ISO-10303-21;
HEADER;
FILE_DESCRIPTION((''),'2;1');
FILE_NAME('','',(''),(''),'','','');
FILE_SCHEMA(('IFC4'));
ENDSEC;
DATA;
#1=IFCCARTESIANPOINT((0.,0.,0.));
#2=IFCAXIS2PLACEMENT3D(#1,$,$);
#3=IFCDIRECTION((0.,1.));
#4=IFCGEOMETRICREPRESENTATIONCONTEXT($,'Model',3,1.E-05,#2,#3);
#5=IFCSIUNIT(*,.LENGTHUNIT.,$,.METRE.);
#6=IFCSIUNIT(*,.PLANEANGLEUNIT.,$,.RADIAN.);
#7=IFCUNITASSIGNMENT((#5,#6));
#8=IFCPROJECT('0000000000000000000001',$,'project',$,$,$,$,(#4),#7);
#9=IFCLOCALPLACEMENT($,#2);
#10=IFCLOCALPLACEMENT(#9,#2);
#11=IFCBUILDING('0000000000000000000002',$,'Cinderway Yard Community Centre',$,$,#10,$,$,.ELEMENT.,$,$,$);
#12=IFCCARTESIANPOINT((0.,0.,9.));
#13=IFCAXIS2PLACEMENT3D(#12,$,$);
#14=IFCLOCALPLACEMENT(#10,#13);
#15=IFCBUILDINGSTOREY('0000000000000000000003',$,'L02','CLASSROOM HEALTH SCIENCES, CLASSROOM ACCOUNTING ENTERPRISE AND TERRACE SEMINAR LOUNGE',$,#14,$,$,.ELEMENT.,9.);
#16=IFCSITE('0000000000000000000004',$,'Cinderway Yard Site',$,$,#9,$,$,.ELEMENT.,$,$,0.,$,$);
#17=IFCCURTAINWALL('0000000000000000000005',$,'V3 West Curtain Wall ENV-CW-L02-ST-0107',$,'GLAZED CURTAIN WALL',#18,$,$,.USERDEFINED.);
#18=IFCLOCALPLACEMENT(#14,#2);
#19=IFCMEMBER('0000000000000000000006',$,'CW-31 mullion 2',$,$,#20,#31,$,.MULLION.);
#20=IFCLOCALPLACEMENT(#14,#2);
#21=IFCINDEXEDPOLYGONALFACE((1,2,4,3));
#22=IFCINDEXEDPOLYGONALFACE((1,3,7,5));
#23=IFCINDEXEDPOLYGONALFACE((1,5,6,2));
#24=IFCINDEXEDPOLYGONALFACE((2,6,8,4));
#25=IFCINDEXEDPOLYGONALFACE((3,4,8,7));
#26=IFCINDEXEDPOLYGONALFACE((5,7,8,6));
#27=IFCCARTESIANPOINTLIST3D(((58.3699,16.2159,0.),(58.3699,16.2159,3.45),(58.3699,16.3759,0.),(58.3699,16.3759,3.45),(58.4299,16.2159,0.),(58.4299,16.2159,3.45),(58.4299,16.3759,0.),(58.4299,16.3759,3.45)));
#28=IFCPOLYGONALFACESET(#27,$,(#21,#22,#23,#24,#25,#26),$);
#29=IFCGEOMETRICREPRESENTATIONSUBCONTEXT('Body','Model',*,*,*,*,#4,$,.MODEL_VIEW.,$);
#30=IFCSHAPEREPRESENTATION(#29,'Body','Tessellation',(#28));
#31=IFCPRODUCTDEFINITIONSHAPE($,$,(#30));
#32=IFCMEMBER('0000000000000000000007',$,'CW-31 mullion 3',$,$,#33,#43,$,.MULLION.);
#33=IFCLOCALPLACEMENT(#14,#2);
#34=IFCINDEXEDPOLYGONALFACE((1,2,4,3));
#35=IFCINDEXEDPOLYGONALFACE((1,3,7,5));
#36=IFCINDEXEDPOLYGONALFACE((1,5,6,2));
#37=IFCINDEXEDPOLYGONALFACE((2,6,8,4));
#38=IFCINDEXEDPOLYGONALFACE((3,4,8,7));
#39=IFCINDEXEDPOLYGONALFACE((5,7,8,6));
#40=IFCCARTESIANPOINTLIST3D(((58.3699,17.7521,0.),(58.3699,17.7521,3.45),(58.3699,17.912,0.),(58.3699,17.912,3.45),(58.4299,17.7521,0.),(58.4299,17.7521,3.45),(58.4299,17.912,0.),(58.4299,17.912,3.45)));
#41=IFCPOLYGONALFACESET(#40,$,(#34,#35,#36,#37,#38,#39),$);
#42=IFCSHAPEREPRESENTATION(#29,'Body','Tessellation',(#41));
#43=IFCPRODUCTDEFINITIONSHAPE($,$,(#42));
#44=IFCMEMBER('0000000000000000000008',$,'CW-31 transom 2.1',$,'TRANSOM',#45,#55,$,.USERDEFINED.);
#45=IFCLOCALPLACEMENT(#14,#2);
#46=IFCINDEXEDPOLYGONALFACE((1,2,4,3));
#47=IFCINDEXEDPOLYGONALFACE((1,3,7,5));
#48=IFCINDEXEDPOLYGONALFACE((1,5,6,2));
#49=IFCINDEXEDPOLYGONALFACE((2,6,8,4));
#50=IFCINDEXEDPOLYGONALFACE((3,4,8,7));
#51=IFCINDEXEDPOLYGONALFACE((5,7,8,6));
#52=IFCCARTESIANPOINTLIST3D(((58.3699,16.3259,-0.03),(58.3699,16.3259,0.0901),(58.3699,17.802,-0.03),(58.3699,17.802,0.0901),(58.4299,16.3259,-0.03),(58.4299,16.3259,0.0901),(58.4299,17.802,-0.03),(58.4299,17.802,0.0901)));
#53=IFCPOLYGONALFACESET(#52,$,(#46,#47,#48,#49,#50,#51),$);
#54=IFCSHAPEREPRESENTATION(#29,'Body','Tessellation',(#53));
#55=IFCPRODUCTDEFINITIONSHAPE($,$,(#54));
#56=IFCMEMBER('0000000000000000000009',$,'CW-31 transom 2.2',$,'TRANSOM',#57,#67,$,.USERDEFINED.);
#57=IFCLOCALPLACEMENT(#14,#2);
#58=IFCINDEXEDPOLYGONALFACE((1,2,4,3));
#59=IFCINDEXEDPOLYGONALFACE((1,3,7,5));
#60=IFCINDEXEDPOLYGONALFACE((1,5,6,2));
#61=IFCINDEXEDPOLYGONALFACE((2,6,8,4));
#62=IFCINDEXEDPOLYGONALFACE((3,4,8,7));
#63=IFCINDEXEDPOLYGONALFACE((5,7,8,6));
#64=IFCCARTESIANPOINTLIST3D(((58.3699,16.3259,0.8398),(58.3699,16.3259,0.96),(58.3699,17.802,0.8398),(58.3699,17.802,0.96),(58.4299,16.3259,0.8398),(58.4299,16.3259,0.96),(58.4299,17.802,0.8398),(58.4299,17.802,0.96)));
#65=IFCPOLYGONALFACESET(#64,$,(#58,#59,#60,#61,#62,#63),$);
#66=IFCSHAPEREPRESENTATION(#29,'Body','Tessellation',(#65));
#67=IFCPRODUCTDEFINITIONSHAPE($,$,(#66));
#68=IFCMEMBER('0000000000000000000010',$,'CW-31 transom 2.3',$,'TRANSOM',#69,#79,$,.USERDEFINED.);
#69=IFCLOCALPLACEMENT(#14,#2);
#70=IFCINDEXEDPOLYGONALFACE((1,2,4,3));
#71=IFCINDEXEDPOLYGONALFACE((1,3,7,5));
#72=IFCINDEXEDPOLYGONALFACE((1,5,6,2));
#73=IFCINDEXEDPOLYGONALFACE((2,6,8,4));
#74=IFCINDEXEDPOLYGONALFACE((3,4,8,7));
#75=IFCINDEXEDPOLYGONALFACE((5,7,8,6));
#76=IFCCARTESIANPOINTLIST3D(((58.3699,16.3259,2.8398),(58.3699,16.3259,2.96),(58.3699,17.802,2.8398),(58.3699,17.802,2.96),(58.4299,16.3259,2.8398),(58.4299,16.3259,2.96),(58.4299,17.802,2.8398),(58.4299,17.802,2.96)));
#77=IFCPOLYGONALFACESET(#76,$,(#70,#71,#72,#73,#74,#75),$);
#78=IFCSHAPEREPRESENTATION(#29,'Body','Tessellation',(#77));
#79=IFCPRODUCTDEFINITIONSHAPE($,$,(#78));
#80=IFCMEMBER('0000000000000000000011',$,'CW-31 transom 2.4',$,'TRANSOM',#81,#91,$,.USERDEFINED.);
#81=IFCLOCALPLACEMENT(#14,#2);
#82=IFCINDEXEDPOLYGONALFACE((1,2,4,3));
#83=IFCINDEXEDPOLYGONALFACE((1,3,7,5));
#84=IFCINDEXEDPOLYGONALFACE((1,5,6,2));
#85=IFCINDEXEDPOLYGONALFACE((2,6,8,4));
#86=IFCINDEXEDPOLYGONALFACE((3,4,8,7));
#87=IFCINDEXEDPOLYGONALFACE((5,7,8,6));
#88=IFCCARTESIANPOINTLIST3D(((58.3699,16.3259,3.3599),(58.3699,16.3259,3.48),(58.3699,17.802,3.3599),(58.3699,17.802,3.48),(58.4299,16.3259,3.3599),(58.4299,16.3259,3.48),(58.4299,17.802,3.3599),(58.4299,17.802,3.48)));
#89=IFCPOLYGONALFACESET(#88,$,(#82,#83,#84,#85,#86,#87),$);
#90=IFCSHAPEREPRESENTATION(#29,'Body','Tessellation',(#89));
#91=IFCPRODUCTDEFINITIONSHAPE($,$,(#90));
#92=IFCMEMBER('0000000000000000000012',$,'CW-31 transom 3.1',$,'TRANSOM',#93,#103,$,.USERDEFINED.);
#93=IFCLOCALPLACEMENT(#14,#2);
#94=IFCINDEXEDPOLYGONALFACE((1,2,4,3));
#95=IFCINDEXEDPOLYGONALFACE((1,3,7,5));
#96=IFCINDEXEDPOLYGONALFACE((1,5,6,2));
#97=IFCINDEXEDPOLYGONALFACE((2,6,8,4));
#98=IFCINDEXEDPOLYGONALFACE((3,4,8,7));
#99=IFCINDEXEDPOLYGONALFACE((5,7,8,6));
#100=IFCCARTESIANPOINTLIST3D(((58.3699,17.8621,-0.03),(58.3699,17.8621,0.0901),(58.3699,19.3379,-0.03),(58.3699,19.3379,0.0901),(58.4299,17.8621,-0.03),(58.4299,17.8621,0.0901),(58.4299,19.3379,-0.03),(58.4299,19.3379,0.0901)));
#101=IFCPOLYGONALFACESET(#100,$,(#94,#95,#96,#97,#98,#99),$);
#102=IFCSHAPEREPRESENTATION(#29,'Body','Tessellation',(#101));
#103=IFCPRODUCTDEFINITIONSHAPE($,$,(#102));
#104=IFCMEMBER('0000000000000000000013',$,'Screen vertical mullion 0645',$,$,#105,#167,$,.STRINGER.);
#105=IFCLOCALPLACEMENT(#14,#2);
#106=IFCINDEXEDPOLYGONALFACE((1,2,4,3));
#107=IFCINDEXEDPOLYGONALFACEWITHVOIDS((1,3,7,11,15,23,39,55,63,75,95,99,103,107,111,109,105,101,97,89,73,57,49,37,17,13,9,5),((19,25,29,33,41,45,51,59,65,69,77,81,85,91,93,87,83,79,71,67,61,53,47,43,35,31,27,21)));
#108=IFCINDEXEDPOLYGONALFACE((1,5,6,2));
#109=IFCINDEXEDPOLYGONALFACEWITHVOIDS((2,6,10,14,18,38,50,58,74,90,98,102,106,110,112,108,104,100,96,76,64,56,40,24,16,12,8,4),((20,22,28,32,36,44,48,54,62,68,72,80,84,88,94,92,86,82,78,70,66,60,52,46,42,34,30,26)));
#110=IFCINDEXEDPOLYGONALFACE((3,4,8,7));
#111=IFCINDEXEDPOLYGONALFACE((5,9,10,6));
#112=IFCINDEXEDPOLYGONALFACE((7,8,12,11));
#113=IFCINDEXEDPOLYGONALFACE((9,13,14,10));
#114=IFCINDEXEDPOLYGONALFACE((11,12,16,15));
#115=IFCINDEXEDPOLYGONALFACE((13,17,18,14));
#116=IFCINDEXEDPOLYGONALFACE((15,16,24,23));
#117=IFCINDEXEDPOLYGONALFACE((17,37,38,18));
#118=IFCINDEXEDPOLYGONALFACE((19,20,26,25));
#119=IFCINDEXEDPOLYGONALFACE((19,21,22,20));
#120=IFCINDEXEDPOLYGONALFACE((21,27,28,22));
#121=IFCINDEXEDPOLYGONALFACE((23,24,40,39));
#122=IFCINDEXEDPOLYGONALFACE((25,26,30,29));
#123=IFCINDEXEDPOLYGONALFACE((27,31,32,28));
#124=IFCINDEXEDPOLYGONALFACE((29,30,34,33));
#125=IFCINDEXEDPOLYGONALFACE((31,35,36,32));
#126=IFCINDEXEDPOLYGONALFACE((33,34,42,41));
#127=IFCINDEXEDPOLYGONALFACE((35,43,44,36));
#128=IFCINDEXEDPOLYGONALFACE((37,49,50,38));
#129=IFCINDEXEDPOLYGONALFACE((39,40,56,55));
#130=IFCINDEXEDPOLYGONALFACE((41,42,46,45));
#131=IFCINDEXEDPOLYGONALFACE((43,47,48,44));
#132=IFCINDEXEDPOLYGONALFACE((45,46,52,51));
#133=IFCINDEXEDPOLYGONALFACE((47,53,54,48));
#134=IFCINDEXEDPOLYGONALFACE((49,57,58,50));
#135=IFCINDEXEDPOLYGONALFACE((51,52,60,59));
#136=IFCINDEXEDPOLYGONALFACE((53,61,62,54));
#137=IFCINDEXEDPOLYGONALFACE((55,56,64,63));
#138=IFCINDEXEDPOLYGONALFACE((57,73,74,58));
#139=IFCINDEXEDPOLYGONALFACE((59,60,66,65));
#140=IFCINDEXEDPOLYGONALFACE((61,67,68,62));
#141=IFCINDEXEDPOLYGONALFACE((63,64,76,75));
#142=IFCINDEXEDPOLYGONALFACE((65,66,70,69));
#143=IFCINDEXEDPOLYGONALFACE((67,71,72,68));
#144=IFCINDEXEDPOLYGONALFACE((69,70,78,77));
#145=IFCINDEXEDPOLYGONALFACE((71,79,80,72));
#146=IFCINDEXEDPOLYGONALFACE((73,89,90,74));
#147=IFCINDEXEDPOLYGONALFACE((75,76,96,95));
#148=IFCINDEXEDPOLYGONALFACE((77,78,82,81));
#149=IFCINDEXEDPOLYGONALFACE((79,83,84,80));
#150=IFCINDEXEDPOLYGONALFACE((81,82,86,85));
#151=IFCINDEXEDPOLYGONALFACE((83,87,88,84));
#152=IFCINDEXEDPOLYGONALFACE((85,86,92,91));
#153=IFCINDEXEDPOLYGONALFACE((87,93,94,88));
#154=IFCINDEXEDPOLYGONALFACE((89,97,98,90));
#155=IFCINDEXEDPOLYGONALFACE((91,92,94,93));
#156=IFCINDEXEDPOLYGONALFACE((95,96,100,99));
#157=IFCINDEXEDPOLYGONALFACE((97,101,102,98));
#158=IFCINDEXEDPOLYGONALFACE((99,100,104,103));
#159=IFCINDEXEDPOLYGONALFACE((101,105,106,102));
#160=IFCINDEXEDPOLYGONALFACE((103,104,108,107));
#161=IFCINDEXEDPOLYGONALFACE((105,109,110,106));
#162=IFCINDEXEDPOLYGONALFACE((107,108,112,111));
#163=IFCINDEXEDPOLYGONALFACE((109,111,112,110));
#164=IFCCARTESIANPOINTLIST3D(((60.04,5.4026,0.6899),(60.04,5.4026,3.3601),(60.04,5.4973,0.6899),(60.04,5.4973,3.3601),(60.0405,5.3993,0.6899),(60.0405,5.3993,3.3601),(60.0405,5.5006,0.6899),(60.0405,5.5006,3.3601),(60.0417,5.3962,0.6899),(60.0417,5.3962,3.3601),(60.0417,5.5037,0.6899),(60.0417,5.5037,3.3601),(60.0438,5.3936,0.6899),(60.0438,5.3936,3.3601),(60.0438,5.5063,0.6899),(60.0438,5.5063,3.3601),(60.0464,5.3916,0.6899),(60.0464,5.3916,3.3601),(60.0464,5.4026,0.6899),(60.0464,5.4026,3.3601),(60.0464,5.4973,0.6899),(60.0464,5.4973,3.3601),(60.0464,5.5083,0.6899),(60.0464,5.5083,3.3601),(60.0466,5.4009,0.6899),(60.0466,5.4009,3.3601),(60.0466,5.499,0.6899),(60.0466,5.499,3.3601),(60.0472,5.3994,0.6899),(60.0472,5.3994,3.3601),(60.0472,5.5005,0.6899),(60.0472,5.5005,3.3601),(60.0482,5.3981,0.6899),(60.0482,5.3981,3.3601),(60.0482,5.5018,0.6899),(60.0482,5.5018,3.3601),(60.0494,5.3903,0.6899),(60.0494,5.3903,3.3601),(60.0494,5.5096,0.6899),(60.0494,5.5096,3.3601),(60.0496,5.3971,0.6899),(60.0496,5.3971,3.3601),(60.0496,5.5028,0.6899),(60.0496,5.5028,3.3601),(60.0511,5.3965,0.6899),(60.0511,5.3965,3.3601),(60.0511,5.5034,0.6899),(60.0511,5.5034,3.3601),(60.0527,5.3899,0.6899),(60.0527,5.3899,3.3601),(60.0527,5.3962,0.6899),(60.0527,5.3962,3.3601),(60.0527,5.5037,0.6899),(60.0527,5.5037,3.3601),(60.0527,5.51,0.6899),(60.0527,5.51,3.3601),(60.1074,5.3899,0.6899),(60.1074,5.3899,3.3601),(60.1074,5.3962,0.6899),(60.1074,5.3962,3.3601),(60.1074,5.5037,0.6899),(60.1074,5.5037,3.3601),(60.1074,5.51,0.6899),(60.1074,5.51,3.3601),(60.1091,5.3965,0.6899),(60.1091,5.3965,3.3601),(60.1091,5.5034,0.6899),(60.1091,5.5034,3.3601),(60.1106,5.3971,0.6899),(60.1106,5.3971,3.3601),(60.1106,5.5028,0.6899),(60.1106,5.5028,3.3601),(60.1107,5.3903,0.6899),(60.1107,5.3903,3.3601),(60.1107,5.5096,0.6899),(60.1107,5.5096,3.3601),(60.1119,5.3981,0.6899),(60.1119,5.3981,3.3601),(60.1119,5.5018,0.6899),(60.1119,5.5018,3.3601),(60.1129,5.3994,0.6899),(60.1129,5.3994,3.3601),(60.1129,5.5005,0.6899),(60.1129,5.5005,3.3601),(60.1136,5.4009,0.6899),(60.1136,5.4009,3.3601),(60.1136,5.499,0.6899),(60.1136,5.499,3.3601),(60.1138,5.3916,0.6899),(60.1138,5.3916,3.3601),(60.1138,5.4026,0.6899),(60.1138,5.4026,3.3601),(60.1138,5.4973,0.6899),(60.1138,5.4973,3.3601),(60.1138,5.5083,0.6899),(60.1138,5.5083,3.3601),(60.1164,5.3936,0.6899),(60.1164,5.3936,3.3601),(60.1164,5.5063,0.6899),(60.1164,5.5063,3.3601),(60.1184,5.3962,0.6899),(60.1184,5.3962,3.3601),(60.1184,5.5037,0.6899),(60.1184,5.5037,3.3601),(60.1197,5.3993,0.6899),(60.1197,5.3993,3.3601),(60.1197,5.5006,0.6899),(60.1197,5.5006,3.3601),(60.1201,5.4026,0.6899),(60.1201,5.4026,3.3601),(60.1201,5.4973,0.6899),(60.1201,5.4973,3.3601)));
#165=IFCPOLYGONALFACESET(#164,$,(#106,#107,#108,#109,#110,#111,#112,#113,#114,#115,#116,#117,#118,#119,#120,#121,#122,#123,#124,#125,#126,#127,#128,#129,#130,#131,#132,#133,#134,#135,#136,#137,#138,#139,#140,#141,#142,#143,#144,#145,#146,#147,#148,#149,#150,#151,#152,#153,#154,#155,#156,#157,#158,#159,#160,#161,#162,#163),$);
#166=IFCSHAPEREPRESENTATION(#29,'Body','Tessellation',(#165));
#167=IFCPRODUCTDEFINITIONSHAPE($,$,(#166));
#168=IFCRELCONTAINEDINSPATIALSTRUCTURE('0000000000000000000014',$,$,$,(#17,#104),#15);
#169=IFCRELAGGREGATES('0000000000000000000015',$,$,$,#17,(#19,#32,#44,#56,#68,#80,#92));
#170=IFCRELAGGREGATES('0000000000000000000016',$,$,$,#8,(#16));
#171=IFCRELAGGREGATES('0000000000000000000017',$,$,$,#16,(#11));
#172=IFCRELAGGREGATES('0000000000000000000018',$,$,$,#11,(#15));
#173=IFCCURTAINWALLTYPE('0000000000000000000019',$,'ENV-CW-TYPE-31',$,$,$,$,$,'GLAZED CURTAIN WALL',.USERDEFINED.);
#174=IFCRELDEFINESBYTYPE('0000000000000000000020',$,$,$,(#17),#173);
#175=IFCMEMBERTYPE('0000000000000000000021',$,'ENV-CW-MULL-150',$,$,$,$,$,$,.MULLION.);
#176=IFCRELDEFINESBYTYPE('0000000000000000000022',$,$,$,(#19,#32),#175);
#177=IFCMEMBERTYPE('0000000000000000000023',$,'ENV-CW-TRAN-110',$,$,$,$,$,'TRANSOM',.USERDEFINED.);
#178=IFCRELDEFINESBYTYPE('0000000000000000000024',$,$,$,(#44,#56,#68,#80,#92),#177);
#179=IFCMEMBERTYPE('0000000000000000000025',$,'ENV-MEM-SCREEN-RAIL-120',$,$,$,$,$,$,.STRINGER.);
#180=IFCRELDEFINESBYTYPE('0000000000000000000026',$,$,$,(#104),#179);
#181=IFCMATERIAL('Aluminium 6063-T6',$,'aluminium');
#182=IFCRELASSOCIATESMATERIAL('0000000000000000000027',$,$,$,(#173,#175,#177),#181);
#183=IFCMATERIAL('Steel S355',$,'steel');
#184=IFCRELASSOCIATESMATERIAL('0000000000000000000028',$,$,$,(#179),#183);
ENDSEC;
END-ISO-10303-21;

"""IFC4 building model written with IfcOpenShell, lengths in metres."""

from ifc_helpers import new_model, si_unit, direction, frame, origin, origin_2d, place, context, subcontext, project, spatial, rectangle, hollow_rectangle, extrude, material, material_profile, profile_set, type_object, element, aggregate, save


model = new_model("IFC4")

# Units and contexts
model_context = context("Model", 3, precision=1e-05, world=origin(), true_north=direction((0.0, 1.0)))
body_context = subcontext(model_context, "Body", "Model", "MODEL_VIEW")
ifc_project = project(units=[si_unit("LENGTHUNIT", "METRE"), si_unit("PLANEANGLEUNIT", "RADIAN")], contexts=[model_context])

# Site, building, storey
site_placement = place(None, origin())
site = spatial("IfcSite", under=ifc_project, at=site_placement, Name="Cinderway Yard Site", CompositionType="ELEMENT", RefElevation=0.0)
building_placement = place(site_placement, origin())
building = spatial("IfcBuilding", under=site, at=building_placement, Name="Cinderway Yard Community Centre", CompositionType="ELEMENT")
storey_placement = place(building_placement, frame((0.0, 0.0, 9.0)))
storey = spatial("IfcBuildingStorey", under=building, at=storey_placement, Name="L02", Description="CLASSROOM HEALTH SCIENCES, CLASSROOM ACCOUNTING ENTERPRISE AND TERRACE SEMINAR LOUNGE", CompositionType="ELEMENT", Elevation=9.0)

# Curtain wall, members
ifc_material_1 = material(Name="Aluminium 6063-T6", Category="aluminium")
curtain_wall_type = type_object("IfcCurtainWallType", Name="ENV-CW-TYPE-31", ElementType="GLAZED CURTAIN WALL", PredefinedType="USERDEFINED", material=ifc_material_1)
curtain_wall_placement = place(storey_placement, origin())
curtain_wall = element("IfcCurtainWall", 1, at=curtain_wall_placement, inside=storey, type_object=curtain_wall_type, Name="V3 West Curtain Wall ENV-CW-L02-ST-0107", ObjectType="GLAZED CURTAIN WALL", PredefinedType="USERDEFINED")
ifc_material_profile_1 = material_profile(ifc_material_1, rectangle(XDim=0.0601, YDim=0.1599, at=origin_2d()), Name="Aluminium 6063-T6")
ifc_profile_set_1 = profile_set([ifc_material_profile_1], Name="Aluminium 6063-T6")
member_type_1 = type_object("IfcMemberType", Name="ENV-CW-MULL-150", PredefinedType="MULLION", material=ifc_profile_set_1)
member_1_placement = place(storey_placement, frame((58.3999, 16.2959, 0.0), z_axis=(0.0, 0.0, 1.0), x_axis=(-1.0, 0.0, 0.0)))
member_1 = element("IfcMember", 2, at=member_1_placement, type_object=member_type_1, Name="CW-31 mullion 2", PredefinedType="MULLION", context=body_context, shape_type="SweptSolid", body=[
    extrude(rectangle(XDim=0.0601, YDim=0.1599, at=origin_2d()), origin(), (0.0, 0.0, 1.0), 3.45),
])
member_2_placement = place(storey_placement, frame((58.3999, 17.832, 0.0), z_axis=(0.0, 0.0, 1.0), x_axis=(-1.0, 0.0, 0.0)))
member_2 = element("IfcMember", 3, at=member_2_placement, type_object=member_type_1, Name="CW-31 mullion 3", PredefinedType="MULLION", context=body_context, shape_type="SweptSolid", body=[
    extrude(rectangle(XDim=0.0601, YDim=0.1599, at=origin_2d()), origin(), (0.0, 0.0, 1.0), 3.45),
])
ifc_material_profile_2 = material_profile(ifc_material_1, rectangle(XDim=0.0601, YDim=0.1201, at=origin_2d()), Name="Aluminium 6063-T6")
ifc_profile_set_2 = profile_set([ifc_material_profile_2], Name="Aluminium 6063-T6")
member_type_2 = type_object("IfcMemberType", Name="ENV-CW-TRAN-110", ElementType="TRANSOM", PredefinedType="USERDEFINED", material=ifc_profile_set_2)
member_3_placement = place(storey_placement, frame((58.3999, 16.3259, 0.03), z_axis=(0.0, 1.0, 0.0), x_axis=(-1.0, 0.0, 0.0)))
member_3 = element("IfcMember", 4, at=member_3_placement, type_object=member_type_2, Name="CW-31 transom 2.1", ObjectType="TRANSOM", PredefinedType="USERDEFINED", context=body_context, shape_type="SweptSolid", body=[
    extrude(rectangle(XDim=0.0601, YDim=0.1201, at=origin_2d()), origin(), (0.0, 0.0, 1.0), 1.4761),
])
member_4_placement = place(storey_placement, frame((58.3999, 16.3259, 0.8999), z_axis=(0.0, 1.0, 0.0), x_axis=(-1.0, 0.0, 0.0)))
member_4 = element("IfcMember", 5, at=member_4_placement, type_object=member_type_2, Name="CW-31 transom 2.2", ObjectType="TRANSOM", PredefinedType="USERDEFINED", context=body_context, shape_type="SweptSolid", body=[
    extrude(rectangle(XDim=0.0601, YDim=0.1201, at=origin_2d()), origin(), (0.0, 0.0, 1.0), 1.4761),
])
member_5_placement = place(storey_placement, frame((58.3999, 16.3259, 2.8999), z_axis=(0.0, 1.0, 0.0), x_axis=(-1.0, 0.0, 0.0)))
member_5 = element("IfcMember", 6, at=member_5_placement, type_object=member_type_2, Name="CW-31 transom 2.3", ObjectType="TRANSOM", PredefinedType="USERDEFINED", context=body_context, shape_type="SweptSolid", body=[
    extrude(rectangle(XDim=0.0601, YDim=0.1201, at=origin_2d()), origin(), (0.0, 0.0, 1.0), 1.4761),
])
member_6_placement = place(storey_placement, frame((58.3999, 16.3259, 3.4199), z_axis=(0.0, 1.0, 0.0), x_axis=(-1.0, 0.0, 0.0)))
member_6 = element("IfcMember", 7, at=member_6_placement, type_object=member_type_2, Name="CW-31 transom 2.4", ObjectType="TRANSOM", PredefinedType="USERDEFINED", context=body_context, shape_type="SweptSolid", body=[
    extrude(rectangle(XDim=0.0601, YDim=0.1201, at=origin_2d()), origin(), (0.0, 0.0, 1.0), 1.4761),
])
member_7_placement = place(storey_placement, frame((58.3999, 17.8621, 0.03), z_axis=(0.0, 1.0, 0.0), x_axis=(-1.0, 0.0, 0.0)))
member_7 = element("IfcMember", 8, at=member_7_placement, type_object=member_type_2, Name="CW-31 transom 3.1", ObjectType="TRANSOM", PredefinedType="USERDEFINED", context=body_context, shape_type="SweptSolid", body=[
    extrude(rectangle(XDim=0.0601, YDim=0.1201, at=origin_2d()), origin(), (0.0, 0.0, 1.0), 1.4758),
])

# Member
ifc_material_2 = material(Name="Steel S355", Category="steel")
ifc_material_profile_3 = material_profile(ifc_material_2, hollow_rectangle(XDim=0.0801, YDim=0.1201, WallThickness=0.0063, InnerFilletRadius=0.0063, OuterFilletRadius=0.0127, at=origin_2d()), Name="Steel S355")
ifc_profile_set_3 = profile_set([ifc_material_profile_3], Name="Steel S355")
member_type_3 = type_object("IfcMemberType", Name="ENV-MEM-SCREEN-RAIL-120", PredefinedType="STRINGER", material=ifc_profile_set_3)
for number, where, z_axis, x_axis, name in (
    (9, (60.0801, 5.45, 0.6899), (0.0, 0.0, 1.0), (1.0, 0.0, 0.0), "Screen vertical mullion 0645"),
):
    element("IfcMember", number, at=place(storey_placement, frame(where, z_axis=z_axis, x_axis=x_axis)), inside=storey, type_object=member_type_3, Name=name, PredefinedType="STRINGER", context=body_context, shape_type="SweptSolid", body=[
        extrude(hollow_rectangle(XDim=0.0801, YDim=0.1201, WallThickness=0.0063, InnerFilletRadius=0.0063, OuterFilletRadius=0.0127, at=origin_2d()), origin(), (0.0, 0.0, 1.0), 2.6702),
    ])

aggregate(curtain_wall, [member_1, member_2, member_3, member_4, member_5, member_6, member_7])

save(model, "model.ifc")
